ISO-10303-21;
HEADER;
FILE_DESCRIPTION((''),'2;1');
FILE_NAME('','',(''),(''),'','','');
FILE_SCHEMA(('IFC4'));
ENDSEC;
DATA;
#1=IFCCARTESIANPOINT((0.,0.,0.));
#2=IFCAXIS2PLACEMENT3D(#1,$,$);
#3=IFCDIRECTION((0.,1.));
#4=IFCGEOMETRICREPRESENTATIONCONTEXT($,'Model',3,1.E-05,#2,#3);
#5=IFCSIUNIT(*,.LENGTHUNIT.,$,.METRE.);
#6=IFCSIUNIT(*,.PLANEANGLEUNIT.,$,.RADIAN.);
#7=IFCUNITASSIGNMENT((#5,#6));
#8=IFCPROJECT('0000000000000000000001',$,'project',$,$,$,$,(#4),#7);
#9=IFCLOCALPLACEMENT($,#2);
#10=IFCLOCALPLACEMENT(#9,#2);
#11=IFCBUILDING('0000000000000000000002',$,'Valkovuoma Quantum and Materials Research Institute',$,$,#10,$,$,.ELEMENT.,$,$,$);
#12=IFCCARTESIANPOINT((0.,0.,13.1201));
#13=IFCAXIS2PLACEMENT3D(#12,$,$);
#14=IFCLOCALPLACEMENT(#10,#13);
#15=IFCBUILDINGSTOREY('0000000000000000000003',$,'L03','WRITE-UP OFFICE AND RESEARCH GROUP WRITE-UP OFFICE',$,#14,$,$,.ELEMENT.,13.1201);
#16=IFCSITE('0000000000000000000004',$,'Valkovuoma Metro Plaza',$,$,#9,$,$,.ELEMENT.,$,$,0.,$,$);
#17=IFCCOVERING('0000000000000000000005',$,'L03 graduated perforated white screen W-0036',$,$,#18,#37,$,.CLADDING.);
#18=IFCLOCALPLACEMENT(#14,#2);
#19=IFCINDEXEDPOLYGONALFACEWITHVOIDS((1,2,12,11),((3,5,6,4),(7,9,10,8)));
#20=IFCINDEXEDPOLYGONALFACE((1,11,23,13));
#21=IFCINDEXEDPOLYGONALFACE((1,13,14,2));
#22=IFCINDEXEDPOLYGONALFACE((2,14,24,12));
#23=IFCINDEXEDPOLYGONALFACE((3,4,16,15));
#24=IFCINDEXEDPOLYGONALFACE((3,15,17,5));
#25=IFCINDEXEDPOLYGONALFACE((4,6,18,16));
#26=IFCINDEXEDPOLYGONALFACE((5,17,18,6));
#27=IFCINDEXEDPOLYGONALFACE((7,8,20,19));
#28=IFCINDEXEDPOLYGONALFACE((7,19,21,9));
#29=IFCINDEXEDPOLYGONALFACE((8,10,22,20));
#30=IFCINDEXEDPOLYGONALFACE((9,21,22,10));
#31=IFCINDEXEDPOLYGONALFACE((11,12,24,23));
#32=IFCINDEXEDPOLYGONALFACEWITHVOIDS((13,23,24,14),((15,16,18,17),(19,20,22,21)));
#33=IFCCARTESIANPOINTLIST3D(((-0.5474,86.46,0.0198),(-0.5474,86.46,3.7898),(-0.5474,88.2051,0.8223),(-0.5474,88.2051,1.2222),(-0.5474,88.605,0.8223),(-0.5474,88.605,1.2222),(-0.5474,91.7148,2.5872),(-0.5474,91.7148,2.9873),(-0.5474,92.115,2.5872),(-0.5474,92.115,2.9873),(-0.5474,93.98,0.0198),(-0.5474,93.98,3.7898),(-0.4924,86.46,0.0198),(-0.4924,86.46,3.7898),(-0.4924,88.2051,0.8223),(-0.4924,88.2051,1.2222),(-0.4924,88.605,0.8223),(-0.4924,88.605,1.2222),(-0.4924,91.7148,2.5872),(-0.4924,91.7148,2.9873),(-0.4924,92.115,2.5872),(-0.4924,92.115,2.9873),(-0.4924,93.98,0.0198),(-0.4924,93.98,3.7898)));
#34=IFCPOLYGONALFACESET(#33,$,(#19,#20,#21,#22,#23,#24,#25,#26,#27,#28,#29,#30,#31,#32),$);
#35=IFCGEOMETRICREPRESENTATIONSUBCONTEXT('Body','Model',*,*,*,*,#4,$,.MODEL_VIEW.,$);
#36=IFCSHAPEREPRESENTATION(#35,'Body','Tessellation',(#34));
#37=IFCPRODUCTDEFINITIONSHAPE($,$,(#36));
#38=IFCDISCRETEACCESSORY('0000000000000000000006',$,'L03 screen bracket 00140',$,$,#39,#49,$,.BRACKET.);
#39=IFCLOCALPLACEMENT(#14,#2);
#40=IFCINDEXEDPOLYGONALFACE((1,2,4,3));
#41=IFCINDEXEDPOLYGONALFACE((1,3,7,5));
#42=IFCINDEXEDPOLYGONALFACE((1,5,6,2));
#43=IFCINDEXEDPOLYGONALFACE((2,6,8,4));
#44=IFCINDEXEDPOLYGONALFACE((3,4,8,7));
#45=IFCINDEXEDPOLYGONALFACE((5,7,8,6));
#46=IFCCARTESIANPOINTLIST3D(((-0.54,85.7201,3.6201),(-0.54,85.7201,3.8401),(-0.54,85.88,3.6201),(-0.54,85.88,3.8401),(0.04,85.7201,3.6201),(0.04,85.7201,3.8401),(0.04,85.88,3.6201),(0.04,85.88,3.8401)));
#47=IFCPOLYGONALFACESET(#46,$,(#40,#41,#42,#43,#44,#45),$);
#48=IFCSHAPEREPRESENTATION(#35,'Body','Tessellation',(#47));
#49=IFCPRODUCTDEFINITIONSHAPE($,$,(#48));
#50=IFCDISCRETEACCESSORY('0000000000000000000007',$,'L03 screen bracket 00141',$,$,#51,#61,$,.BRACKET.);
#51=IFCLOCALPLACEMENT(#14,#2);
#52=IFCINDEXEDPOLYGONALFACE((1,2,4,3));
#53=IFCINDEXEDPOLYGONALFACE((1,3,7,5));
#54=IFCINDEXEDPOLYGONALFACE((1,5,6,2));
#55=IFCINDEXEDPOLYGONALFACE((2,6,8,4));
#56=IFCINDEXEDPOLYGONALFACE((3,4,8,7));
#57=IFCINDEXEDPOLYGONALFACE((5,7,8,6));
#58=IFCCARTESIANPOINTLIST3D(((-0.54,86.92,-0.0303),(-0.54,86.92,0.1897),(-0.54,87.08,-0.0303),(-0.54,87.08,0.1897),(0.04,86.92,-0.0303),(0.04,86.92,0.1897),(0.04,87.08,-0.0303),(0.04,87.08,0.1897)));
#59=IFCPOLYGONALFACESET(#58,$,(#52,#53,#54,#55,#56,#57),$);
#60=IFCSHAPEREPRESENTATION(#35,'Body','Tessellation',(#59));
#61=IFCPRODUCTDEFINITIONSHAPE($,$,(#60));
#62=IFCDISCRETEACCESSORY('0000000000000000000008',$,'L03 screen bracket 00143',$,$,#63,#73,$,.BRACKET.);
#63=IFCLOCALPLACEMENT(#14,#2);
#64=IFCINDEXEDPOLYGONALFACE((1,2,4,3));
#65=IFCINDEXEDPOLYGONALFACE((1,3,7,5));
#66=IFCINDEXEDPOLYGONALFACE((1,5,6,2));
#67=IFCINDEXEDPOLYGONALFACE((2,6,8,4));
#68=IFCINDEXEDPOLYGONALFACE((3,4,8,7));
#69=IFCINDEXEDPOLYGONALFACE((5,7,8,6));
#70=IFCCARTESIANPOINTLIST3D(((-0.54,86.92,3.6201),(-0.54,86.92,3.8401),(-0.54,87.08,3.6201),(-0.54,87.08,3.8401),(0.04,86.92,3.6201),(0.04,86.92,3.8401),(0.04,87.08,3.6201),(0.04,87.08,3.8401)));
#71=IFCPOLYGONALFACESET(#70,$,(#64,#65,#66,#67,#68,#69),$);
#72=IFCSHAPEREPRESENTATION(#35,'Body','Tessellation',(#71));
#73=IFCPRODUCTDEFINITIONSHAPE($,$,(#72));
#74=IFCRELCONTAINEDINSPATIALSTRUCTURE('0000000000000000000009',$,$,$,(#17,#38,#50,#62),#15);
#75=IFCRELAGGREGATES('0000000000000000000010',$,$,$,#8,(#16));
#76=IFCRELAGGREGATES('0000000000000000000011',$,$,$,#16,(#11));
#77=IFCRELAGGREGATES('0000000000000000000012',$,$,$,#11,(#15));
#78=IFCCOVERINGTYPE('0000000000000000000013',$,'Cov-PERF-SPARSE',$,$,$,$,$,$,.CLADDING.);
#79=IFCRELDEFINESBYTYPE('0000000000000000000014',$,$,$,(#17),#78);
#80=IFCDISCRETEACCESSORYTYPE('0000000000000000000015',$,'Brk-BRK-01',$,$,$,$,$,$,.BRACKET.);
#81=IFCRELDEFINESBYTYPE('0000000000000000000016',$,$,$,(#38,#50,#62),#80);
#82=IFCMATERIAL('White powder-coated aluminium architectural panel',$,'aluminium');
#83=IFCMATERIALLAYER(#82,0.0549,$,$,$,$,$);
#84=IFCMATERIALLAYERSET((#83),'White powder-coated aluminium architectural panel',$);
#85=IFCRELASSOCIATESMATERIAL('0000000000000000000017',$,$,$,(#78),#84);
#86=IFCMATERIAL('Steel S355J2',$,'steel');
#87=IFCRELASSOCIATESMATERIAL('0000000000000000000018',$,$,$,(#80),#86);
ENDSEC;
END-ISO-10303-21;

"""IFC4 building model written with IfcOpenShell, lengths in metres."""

from ifc_helpers import new_model, si_unit, direction, frame, origin, origin_2d, place, context, subcontext, project, spatial, polyline, rectangle, outline, extrude, material, layer, layer_set, type_object, element, save


model = new_model("IFC4")

# Units and contexts
model_context = context("Model", 3, precision=1e-05, world=origin(), true_north=direction((0.0, 1.0)))
body_context = subcontext(model_context, "Body", "Model", "MODEL_VIEW")
ifc_project = project(units=[si_unit("LENGTHUNIT", "METRE"), si_unit("PLANEANGLEUNIT", "RADIAN")], contexts=[model_context])

# Site, building, storey
site_placement = place(None, origin())
site = spatial("IfcSite", under=ifc_project, at=site_placement, Name="Valkovuoma Metro Plaza", CompositionType="ELEMENT", RefElevation=0.0)
building_placement = place(site_placement, origin())
building = spatial("IfcBuilding", under=site, at=building_placement, Name="Valkovuoma Quantum and Materials Research Institute", CompositionType="ELEMENT")
storey_placement = place(building_placement, frame((0.0, 0.0, 13.1201)))
storey = spatial("IfcBuildingStorey", under=building, at=storey_placement, Name="L03", Description="WRITE-UP OFFICE AND RESEARCH GROUP WRITE-UP OFFICE", CompositionType="ELEMENT", Elevation=13.1201)

# Covering
ifc_material_1 = material(Name="White powder-coated aluminium architectural panel", Category="aluminium")
ifc_layer_1 = layer(ifc_material_1, 0.0549)
ifc_layer_set_1 = layer_set([ifc_layer_1], Name="White powder-coated aluminium architectural panel")
covering_type = type_object("IfcCoveringType", Name="Cov-PERF-SPARSE", PredefinedType="CLADDING", material=ifc_layer_set_1)
covering_placement = place(storey_placement, frame((-0.52, 86.46, 0.0198), z_axis=(0.0, 0.0, 1.0), x_axis=(0.0, 1.0, 0.0)))
element("IfcCovering", 1, at=covering_placement, inside=storey, type_object=covering_type, Name="L03 graduated perforated white screen W-0036", PredefinedType="CLADDING", context=body_context, shape_type="SweptSolid", body=[
    extrude(outline(polyline([(0.0, 0.0), (7.52, 0.0), (7.52, 3.77), (0.0, 3.77), (0.0, 0.0)]), holes=[polyline([(1.7451, 0.8025), (1.7451, 1.2024), (2.145, 1.2024), (2.145, 0.8025), (1.7451, 0.8025)]), polyline([(5.2549, 2.5674), (5.2549, 2.9675), (5.655, 2.9675), (5.655, 2.5674), (5.2549, 2.5674)])]), frame((0.0, 0.0273, 0.0), z_axis=(0.0, -1.0, 0.0), x_axis=(1.0, 0.0, 0.0)), (0.0, 0.0, 1.0), 0.0549),
])

# Discrete accessories
ifc_material_2 = material(Name="Steel S355J2", Category="steel")
discrete_accessory_type = type_object("IfcDiscreteAccessoryType", Name="Brk-BRK-01", PredefinedType="BRACKET", material=ifc_material_2)
for number, where, z_axis, x_axis, name in (
    (2, (-0.25, 85.8, 3.6201), (0.0, 0.0, 1.0), (1.0, 0.0, 0.0), "L03 screen bracket 00140"),
    (3, (-0.25, 87.0, -0.0303), (0.0, 0.0, 1.0), (1.0, 0.0, 0.0), "L03 screen bracket 00141"),
    (4, (-0.25, 87.0, 3.6201), (0.0, 0.0, 1.0), (1.0, 0.0, 0.0), "L03 screen bracket 00143"),
):
    element("IfcDiscreteAccessory", number, at=place(storey_placement, frame(where, z_axis=z_axis, x_axis=x_axis)), inside=storey, type_object=discrete_accessory_type, Name=name, PredefinedType="BRACKET", context=body_context, shape_type="SweptSolid", body=[
        extrude(rectangle(XDim=0.5801, YDim=0.1599, at=origin_2d()), origin(), (0.0, 0.0, 1.0), 0.22),
    ])

save(model, "model.ifc")
